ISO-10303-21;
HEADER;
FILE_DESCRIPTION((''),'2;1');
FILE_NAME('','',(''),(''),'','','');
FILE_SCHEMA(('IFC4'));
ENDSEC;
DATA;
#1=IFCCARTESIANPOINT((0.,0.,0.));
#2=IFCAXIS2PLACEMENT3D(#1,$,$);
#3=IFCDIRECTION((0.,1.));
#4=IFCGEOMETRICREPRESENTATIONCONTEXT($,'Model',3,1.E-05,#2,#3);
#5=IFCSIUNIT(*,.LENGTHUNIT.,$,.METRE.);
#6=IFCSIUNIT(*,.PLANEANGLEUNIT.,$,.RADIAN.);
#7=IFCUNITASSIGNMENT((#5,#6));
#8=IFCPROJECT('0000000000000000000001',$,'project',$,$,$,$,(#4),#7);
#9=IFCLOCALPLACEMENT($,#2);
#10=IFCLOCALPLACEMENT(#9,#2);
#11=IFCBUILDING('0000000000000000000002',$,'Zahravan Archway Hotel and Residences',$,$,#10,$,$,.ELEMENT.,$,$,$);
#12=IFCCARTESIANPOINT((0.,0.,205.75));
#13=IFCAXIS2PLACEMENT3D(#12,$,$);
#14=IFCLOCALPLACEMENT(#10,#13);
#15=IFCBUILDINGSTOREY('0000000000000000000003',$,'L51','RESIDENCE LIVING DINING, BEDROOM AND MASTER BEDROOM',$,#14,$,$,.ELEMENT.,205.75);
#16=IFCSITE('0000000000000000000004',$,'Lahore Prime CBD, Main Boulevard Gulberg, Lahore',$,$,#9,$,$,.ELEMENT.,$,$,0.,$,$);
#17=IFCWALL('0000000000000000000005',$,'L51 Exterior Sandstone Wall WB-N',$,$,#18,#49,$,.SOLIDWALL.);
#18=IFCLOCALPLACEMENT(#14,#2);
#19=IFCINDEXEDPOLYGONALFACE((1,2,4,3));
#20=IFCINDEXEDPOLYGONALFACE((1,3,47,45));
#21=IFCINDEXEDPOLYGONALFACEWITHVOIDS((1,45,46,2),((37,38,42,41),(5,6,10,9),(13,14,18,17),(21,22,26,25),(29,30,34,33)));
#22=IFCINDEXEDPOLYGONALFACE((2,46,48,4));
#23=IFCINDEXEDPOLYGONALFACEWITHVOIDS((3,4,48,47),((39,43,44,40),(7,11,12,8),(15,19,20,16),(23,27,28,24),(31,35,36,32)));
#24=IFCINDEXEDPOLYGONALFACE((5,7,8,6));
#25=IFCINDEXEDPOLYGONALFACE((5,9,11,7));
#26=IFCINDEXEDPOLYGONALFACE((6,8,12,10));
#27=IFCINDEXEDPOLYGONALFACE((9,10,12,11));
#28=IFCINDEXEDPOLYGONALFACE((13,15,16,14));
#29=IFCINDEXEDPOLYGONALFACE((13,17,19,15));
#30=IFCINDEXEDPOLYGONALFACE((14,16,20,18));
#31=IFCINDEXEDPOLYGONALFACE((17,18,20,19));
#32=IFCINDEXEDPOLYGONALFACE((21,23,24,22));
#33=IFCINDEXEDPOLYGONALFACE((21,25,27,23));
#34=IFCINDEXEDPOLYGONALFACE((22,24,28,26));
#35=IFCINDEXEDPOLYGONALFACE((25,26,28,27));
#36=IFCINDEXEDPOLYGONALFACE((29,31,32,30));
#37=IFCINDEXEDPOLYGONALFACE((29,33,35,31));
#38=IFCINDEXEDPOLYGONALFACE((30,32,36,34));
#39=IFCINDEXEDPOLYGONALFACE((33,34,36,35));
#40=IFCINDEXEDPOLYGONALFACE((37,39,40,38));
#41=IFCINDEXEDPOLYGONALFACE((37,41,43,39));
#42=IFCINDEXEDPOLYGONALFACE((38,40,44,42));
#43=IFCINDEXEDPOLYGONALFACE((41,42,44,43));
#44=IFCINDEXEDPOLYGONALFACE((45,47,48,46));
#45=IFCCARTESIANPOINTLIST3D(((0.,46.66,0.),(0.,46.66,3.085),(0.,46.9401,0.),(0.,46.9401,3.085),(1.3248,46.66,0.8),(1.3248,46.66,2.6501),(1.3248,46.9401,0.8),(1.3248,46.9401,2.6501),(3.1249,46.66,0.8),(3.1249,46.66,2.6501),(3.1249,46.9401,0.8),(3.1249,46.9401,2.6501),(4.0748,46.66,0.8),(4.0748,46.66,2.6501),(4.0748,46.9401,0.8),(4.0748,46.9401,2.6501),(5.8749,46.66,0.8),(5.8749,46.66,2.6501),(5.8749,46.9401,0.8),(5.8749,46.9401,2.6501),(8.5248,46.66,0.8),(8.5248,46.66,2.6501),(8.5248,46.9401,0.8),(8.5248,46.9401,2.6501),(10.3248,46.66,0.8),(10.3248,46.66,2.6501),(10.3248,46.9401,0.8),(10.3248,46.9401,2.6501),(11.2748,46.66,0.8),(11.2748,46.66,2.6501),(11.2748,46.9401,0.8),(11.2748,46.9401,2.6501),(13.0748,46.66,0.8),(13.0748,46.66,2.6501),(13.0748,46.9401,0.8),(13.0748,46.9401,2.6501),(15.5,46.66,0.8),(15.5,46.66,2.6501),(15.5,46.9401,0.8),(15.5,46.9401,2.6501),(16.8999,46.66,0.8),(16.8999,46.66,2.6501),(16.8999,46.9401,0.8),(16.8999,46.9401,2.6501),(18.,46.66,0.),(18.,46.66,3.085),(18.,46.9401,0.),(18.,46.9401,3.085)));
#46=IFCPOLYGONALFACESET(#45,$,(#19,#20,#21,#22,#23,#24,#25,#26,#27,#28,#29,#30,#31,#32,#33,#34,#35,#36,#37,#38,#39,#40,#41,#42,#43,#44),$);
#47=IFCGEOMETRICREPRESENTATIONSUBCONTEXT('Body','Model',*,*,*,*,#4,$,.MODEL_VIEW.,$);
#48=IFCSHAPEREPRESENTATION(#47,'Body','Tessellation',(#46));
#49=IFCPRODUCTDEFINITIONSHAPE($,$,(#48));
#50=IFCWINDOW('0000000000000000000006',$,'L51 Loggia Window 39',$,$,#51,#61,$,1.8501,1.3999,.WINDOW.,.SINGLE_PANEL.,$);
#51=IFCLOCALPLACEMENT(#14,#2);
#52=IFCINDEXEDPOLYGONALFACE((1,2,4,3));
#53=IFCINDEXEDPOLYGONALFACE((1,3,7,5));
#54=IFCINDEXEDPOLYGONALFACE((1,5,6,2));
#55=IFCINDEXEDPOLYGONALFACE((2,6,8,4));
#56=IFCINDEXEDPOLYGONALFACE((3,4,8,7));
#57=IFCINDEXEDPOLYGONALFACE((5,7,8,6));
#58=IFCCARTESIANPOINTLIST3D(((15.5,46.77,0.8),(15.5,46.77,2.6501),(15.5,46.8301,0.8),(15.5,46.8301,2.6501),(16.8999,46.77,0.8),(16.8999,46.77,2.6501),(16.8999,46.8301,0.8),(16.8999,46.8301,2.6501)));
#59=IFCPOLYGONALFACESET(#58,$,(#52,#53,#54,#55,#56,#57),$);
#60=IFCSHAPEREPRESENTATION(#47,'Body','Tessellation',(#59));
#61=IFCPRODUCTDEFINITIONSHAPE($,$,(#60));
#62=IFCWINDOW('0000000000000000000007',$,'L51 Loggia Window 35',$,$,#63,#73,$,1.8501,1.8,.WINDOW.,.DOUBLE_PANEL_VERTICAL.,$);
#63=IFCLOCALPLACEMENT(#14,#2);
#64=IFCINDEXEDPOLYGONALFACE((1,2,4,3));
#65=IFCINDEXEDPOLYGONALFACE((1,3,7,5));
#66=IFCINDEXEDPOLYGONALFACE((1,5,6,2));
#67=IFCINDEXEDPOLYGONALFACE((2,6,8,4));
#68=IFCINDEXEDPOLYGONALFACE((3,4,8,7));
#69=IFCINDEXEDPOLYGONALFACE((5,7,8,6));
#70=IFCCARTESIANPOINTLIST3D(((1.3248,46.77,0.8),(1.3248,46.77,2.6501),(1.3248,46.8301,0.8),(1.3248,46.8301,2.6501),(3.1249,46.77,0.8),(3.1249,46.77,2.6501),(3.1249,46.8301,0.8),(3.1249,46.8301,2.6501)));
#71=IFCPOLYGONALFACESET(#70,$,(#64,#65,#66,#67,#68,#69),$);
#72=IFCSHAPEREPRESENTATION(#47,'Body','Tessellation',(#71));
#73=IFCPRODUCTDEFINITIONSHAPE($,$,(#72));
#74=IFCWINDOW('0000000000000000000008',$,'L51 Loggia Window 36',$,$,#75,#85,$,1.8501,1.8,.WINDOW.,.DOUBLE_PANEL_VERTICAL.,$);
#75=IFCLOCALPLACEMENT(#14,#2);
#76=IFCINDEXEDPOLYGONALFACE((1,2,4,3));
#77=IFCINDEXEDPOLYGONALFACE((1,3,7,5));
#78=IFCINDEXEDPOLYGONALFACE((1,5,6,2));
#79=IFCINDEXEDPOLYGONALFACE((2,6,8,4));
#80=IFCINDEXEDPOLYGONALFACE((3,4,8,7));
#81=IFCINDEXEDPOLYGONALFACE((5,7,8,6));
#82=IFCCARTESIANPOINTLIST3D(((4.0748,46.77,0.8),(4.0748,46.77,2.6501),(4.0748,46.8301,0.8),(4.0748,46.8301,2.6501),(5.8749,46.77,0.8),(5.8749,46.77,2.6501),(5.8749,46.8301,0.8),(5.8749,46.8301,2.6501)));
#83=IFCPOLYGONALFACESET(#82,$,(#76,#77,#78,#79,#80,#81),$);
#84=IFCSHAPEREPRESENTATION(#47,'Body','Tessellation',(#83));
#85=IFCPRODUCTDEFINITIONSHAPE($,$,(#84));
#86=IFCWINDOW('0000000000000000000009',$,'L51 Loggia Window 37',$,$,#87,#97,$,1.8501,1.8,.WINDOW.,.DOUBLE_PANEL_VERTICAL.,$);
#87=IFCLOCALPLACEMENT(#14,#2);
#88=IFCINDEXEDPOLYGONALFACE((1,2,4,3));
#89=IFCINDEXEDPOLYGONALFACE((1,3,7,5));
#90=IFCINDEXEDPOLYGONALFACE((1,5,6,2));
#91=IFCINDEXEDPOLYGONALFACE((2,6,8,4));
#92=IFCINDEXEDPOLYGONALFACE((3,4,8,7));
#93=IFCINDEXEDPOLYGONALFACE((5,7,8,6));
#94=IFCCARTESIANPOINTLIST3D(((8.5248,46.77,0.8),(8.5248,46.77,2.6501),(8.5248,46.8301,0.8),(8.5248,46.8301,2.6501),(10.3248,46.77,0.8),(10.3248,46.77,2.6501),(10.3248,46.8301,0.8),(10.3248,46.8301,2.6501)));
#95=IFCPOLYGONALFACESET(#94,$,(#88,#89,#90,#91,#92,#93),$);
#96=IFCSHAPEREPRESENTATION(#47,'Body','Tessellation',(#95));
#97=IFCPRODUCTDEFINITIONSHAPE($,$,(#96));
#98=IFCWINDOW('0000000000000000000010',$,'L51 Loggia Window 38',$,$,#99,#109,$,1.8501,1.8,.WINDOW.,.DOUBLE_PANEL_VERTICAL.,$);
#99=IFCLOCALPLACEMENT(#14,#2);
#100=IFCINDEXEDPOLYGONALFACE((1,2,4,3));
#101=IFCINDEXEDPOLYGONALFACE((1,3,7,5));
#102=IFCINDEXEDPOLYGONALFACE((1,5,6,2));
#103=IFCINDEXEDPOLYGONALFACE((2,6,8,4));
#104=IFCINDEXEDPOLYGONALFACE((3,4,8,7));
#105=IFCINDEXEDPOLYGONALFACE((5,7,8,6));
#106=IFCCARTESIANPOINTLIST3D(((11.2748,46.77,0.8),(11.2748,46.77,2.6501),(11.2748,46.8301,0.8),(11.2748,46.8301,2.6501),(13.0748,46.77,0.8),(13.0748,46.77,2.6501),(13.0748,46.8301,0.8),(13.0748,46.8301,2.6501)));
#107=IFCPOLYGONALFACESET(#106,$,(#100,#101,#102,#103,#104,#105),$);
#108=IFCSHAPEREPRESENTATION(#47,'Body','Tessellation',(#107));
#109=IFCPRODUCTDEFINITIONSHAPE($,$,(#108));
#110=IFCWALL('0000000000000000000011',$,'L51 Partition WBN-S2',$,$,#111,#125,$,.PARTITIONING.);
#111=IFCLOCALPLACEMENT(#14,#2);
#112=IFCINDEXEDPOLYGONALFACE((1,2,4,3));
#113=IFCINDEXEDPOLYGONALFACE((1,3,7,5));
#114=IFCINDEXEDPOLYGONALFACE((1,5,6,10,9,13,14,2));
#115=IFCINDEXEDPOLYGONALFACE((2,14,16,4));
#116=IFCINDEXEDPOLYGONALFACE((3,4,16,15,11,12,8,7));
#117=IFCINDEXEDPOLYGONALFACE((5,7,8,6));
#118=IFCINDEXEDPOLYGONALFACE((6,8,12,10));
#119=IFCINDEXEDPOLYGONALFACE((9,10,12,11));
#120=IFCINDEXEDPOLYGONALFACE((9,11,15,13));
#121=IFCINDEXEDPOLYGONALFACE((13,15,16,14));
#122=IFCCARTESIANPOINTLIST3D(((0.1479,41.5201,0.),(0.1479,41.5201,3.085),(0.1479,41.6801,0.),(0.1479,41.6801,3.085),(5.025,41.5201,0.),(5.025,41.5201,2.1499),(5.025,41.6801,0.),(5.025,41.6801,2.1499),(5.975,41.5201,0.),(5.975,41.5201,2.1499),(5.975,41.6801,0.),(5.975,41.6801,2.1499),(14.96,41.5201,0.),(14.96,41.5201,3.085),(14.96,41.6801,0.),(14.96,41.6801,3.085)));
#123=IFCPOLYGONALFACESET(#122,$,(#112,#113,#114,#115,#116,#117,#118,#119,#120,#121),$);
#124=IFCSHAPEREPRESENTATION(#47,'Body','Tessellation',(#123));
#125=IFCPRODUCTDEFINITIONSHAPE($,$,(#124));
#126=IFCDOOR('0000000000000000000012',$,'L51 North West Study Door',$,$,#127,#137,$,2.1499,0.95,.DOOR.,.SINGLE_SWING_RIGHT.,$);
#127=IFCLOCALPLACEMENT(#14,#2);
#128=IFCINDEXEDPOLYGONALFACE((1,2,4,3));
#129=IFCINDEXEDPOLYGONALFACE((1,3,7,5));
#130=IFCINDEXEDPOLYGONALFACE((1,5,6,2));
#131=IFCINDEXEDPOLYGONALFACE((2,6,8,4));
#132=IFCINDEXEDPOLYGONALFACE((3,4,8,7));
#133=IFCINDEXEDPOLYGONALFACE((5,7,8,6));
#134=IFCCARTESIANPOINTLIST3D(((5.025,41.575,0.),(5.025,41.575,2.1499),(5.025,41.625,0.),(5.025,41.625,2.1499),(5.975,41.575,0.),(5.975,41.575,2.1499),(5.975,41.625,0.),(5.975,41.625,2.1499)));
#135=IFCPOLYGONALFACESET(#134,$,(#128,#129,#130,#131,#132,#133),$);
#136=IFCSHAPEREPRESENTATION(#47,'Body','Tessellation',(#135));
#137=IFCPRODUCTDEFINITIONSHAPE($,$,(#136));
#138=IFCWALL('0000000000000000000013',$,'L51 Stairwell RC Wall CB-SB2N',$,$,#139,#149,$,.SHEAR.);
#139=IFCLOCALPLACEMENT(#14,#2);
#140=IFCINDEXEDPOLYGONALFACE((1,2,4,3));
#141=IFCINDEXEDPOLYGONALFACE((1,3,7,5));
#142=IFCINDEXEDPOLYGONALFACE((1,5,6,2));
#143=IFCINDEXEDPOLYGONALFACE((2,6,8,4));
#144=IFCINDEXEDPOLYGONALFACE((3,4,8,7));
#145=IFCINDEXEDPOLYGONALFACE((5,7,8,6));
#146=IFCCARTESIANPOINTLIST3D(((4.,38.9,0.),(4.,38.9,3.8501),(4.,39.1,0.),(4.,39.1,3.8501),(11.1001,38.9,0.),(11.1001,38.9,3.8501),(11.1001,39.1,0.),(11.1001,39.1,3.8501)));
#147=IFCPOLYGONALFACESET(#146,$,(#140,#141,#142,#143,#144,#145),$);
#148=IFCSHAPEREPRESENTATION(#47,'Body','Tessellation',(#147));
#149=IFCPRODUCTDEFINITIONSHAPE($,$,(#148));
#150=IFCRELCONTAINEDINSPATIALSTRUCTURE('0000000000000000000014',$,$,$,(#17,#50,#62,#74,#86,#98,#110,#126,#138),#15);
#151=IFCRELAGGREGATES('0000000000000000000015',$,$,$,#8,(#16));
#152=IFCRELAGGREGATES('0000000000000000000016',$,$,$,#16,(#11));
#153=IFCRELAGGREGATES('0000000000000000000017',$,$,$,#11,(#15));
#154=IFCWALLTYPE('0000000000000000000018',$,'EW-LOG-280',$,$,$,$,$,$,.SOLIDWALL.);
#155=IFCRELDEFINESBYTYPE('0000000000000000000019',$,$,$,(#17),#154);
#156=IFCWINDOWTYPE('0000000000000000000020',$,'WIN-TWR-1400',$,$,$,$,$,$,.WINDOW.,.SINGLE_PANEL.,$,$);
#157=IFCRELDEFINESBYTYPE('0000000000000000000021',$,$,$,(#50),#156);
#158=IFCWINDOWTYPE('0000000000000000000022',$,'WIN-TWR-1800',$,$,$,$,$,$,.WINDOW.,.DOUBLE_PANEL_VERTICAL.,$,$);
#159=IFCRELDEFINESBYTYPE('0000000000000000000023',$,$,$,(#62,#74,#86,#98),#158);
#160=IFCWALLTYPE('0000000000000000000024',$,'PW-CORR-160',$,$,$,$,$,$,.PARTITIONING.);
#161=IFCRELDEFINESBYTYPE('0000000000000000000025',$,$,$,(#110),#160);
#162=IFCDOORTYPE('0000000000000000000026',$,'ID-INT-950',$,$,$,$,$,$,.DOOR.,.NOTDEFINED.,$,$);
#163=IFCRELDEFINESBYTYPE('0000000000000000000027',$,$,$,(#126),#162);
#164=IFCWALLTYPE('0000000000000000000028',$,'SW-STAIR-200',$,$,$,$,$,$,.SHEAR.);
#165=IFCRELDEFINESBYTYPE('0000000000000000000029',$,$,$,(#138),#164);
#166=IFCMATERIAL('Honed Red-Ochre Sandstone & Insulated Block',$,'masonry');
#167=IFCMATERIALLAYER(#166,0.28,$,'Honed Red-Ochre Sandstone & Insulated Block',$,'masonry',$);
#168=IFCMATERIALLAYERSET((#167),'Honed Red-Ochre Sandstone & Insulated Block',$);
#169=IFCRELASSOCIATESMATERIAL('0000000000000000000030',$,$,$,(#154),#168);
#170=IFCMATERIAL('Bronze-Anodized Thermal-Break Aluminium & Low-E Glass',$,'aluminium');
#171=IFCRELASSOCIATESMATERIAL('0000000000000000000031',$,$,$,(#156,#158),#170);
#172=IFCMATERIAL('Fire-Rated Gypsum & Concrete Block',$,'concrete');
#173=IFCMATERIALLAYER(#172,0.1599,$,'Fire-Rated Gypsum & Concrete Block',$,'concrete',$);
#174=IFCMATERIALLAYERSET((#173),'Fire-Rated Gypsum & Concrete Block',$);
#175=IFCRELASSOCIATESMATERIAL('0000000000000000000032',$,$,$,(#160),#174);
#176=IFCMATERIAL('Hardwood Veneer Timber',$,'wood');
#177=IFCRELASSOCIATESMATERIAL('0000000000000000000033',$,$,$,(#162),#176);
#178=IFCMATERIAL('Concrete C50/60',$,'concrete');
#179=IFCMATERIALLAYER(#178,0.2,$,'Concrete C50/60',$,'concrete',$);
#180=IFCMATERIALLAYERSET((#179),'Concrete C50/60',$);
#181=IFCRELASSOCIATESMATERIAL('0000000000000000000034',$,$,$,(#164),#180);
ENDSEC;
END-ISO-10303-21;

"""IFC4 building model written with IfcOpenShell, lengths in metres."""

from ifc_helpers import new_model, si_unit, direction, frame, frame_2d, origin, place, context, subcontext, project, spatial, rectangle, extrude, source, transform, mapped, material, layer, layer_set, type_object, type_shapes, element, fill, save


model = new_model("IFC4")

# Units and contexts
model_context = context("Model", 3, precision=1e-05, world=origin(), true_north=direction((0.0, 1.0)))
body_context = subcontext(model_context, "Body", "Model", "MODEL_VIEW")
ifc_project = project(units=[si_unit("LENGTHUNIT", "METRE"), si_unit("PLANEANGLEUNIT", "RADIAN")], contexts=[model_context])

# Site, building, storey
site_placement = place(None, origin())
site = spatial("IfcSite", under=ifc_project, at=site_placement, Name="Lahore Prime CBD, Main Boulevard Gulberg, Lahore", CompositionType="ELEMENT", RefElevation=0.0)
building_placement = place(site_placement, origin())
building = spatial("IfcBuilding", under=site, at=building_placement, Name="Zahravan Archway Hotel and Residences", CompositionType="ELEMENT")
storey_placement = place(building_placement, frame((0.0, 0.0, 205.75)))
storey = spatial("IfcBuildingStorey", under=building, at=storey_placement, Name="L51", Description="RESIDENCE LIVING DINING, BEDROOM AND MASTER BEDROOM", CompositionType="ELEMENT", Elevation=205.75)

# Wall, openings, windows
ifc_material_1 = material(Name="Honed Red-Ochre Sandstone & Insulated Block", Category="masonry")
ifc_layer_1 = layer(ifc_material_1, 0.28, Name="Honed Red-Ochre Sandstone & Insulated Block", Category="masonry")
ifc_layer_set_1 = layer_set([ifc_layer_1], Name="Honed Red-Ochre Sandstone & Insulated Block")
wall_type_1 = type_object("IfcWallType", Name="EW-LOG-280", PredefinedType="SOLIDWALL", material=ifc_layer_set_1)
wall_1_placement = place(storey_placement, frame((0.0, 46.8, 0.0), z_axis=(0.0, 0.0, 1.0), x_axis=(1.0, 0.0, 0.0)))
wall_1 = element("IfcWall", 1, at=wall_1_placement, inside=storey, type_object=wall_type_1, Name="L51 Exterior Sandstone Wall WB-N", PredefinedType="SOLIDWALL", context=body_context, shape_type="SweptSolid", body=[
    extrude(rectangle(XDim=18.0, YDim=0.28, at=frame_2d((9.0, 0.0))), origin(), (0.0, 0.0, 1.0), 3.085),
])
opening_1_placement = place(wall_1_placement, frame((1.325, 0.0, 0.8)))
opening_1 = element("IfcOpeningElement", 2, at=opening_1_placement, cuts=wall_1, PredefinedType="OPENING", context=body_context, shape_type="SweptSolid", body=[
    extrude(rectangle(XDim=1.8, YDim=1.8501, at=frame_2d((0.8999, 0.925))), frame((0.0, 0.1499, 0.0), z_axis=(0.0, -1.0, 0.0), x_axis=(1.0, 0.0, 0.0)), (0.0, 0.0, 1.0), 0.3),
])
opening_2_placement = place(wall_1_placement, frame((4.075, 0.0, 0.8)))
opening_2 = element("IfcOpeningElement", 3, at=opening_2_placement, cuts=wall_1, PredefinedType="OPENING", context=body_context, shape_type="SweptSolid", body=[
    extrude(rectangle(XDim=1.8, YDim=1.8501, at=frame_2d((0.8999, 0.925))), frame((0.0, 0.1499, 0.0), z_axis=(0.0, -1.0, 0.0), x_axis=(1.0, 0.0, 0.0)), (0.0, 0.0, 1.0), 0.3),
])
opening_3_placement = place(wall_1_placement, frame((8.5249, 0.0, 0.8)))
opening_3 = element("IfcOpeningElement", 4, at=opening_3_placement, cuts=wall_1, PredefinedType="OPENING", context=body_context, shape_type="SweptSolid", body=[
    extrude(rectangle(XDim=1.8, YDim=1.8501, at=frame_2d((0.8999, 0.925))), frame((0.0, 0.1499, 0.0), z_axis=(0.0, -1.0, 0.0), x_axis=(1.0, 0.0, 0.0)), (0.0, 0.0, 1.0), 0.3),
])
opening_4_placement = place(wall_1_placement, frame((11.2749, 0.0, 0.8)))
opening_4 = element("IfcOpeningElement", 5, at=opening_4_placement, cuts=wall_1, PredefinedType="OPENING", context=body_context, shape_type="SweptSolid", body=[
    extrude(rectangle(XDim=1.8, YDim=1.8501, at=frame_2d((0.8999, 0.925))), frame((0.0, 0.1499, 0.0), z_axis=(0.0, -1.0, 0.0), x_axis=(1.0, 0.0, 0.0)), (0.0, 0.0, 1.0), 0.3),
])
opening_5_placement = place(wall_1_placement, frame((15.5, 0.0, 0.8)))
opening_5 = element("IfcOpeningElement", 6, at=opening_5_placement, cuts=wall_1, PredefinedType="OPENING", context=body_context, shape_type="SweptSolid", body=[
    extrude(rectangle(XDim=1.3999, YDim=1.8501, at=frame_2d((0.7, 0.925))), frame((0.0, 0.1499, 0.0), z_axis=(0.0, -1.0, 0.0), x_axis=(1.0, 0.0, 0.0)), (0.0, 0.0, 1.0), 0.3),
])
ifc_material_2 = material(Name="Bronze-Anodized Thermal-Break Aluminium & Low-E Glass", Category="aluminium")
window_type_1 = type_object("IfcWindowType", Name="WIN-TWR-1400", PartitioningType="SINGLE_PANEL", PredefinedType="WINDOW", material=ifc_material_2)
shared_shape_1 = source(origin(), body_context, "Body", "SweptSolid", [
    extrude(rectangle(XDim=1.3999, YDim=1.8501, at=frame_2d((0.7, 0.925))), frame((0.0, 0.03, 0.0), z_axis=(0.0, -1.0, 0.0), x_axis=(1.0, 0.0, 0.0)), (0.0, 0.0, 1.0), 0.0601),
])
type_shapes(window_type_1, [shared_shape_1])
window_1_placement = place(opening_5_placement, origin())
window_1 = element("IfcWindow", 7, at=window_1_placement, inside=storey, type_object=window_type_1, Name="L51 Loggia Window 39", OverallHeight=1.8501, OverallWidth=1.3999, PartitioningType="SINGLE_PANEL", PredefinedType="WINDOW", context=body_context, shape_type="MappedRepresentation", body=[
    mapped(shared_shape_1, transform((0.0, 0.0, 0.0), scale=1.0)),
])
fill(opening_5, window_1)
window_type_2 = type_object("IfcWindowType", Name="WIN-TWR-1800", PartitioningType="DOUBLE_PANEL_VERTICAL", PredefinedType="WINDOW", material=ifc_material_2)
shared_shape_2 = source(origin(), body_context, "Body", "SweptSolid", [
    extrude(rectangle(XDim=1.8, YDim=1.8501, at=frame_2d((0.8999, 0.925))), frame((0.0, 0.03, 0.0), z_axis=(0.0, -1.0, 0.0), x_axis=(1.0, 0.0, 0.0)), (0.0, 0.0, 1.0), 0.0601),
])
type_shapes(window_type_2, [shared_shape_2])
window_2_placement = place(opening_1_placement, origin())
window_2 = element("IfcWindow", 8, at=window_2_placement, inside=storey, type_object=window_type_2, Name="L51 Loggia Window 35", OverallHeight=1.8501, OverallWidth=1.8, PartitioningType="DOUBLE_PANEL_VERTICAL", PredefinedType="WINDOW", context=body_context, shape_type="MappedRepresentation", body=[
    mapped(shared_shape_2, transform((0.0, 0.0, 0.0), scale=1.0)),
])
fill(opening_1, window_2)
window_3_placement = place(opening_2_placement, origin())
window_3 = element("IfcWindow", 9, at=window_3_placement, inside=storey, type_object=window_type_2, Name="L51 Loggia Window 36", OverallHeight=1.8501, OverallWidth=1.8, PartitioningType="DOUBLE_PANEL_VERTICAL", PredefinedType="WINDOW", context=body_context, shape_type="MappedRepresentation", body=[
    mapped(shared_shape_2, transform((0.0, 0.0, 0.0), scale=1.0)),
])
fill(opening_2, window_3)
window_4_placement = place(opening_3_placement, origin())
window_4 = element("IfcWindow", 10, at=window_4_placement, inside=storey, type_object=window_type_2, Name="L51 Loggia Window 37", OverallHeight=1.8501, OverallWidth=1.8, PartitioningType="DOUBLE_PANEL_VERTICAL", PredefinedType="WINDOW", context=body_context, shape_type="MappedRepresentation", body=[
    mapped(shared_shape_2, transform((0.0, 0.0, 0.0), scale=1.0)),
])
fill(opening_3, window_4)
window_5_placement = place(opening_4_placement, origin())
window_5 = element("IfcWindow", 11, at=window_5_placement, inside=storey, type_object=window_type_2, Name="L51 Loggia Window 38", OverallHeight=1.8501, OverallWidth=1.8, PartitioningType="DOUBLE_PANEL_VERTICAL", PredefinedType="WINDOW", context=body_context, shape_type="MappedRepresentation", body=[
    mapped(shared_shape_2, transform((0.0, 0.0, 0.0), scale=1.0)),
])
fill(opening_4, window_5)

# Wall, opening, door
ifc_material_3 = material(Name="Fire-Rated Gypsum & Concrete Block", Category="concrete")
ifc_layer_2 = layer(ifc_material_3, 0.1599, Name="Fire-Rated Gypsum & Concrete Block", Category="concrete")
ifc_layer_set_2 = layer_set([ifc_layer_2], Name="Fire-Rated Gypsum & Concrete Block")
wall_type_2 = type_object("IfcWallType", Name="PW-CORR-160", PredefinedType="PARTITIONING", material=ifc_layer_set_2)
wall_2_placement = place(storey_placement, frame((0.1479, 41.6001, 0.0), z_axis=(0.0, 0.0, 1.0), x_axis=(1.0, 0.0, 0.0)))
wall_2 = element("IfcWall", 12, at=wall_2_placement, inside=storey, type_object=wall_type_2, Name="L51 Partition WBN-S2", PredefinedType="PARTITIONING", context=body_context, shape_type="SweptSolid", body=[
    extrude(rectangle(XDim=14.812, YDim=0.1599, at=frame_2d((7.406, 0.0))), origin(), (0.0, 0.0, 1.0), 3.085),
])
opening_6_placement = place(wall_2_placement, frame((4.877, 0.0, 0.0)))
opening_6 = element("IfcOpeningElement", 13, at=opening_6_placement, cuts=wall_2, PredefinedType="OPENING", context=body_context, shape_type="SweptSolid", body=[
    extrude(rectangle(XDim=0.95, YDim=2.1499, at=frame_2d((0.4751, 1.075))), frame((0.0, 0.0898, 0.0), z_axis=(0.0, -1.0, 0.0), x_axis=(1.0, 0.0, 0.0)), (0.0, 0.0, 1.0), 0.1799),
])
ifc_material_4 = material(Name="Hardwood Veneer Timber", Category="wood")
door_type_1 = type_object("IfcDoorType", Name="ID-INT-950", OperationType="NOTDEFINED", PredefinedType="DOOR", material=ifc_material_4)
shared_shape_3 = source(origin(), body_context, "Body", "SweptSolid", [
    extrude(rectangle(XDim=0.95, YDim=2.1499, at=frame_2d((0.4751, 1.075))), frame((0.0, 0.0249, 0.0), z_axis=(0.0, -1.0, 0.0), x_axis=(1.0, 0.0, 0.0)), (0.0, 0.0, 1.0), 0.05),
])
type_shapes(door_type_1, [shared_shape_3])
door_1_placement = place(opening_6_placement, origin())
door_1 = element("IfcDoor", 14, at=door_1_placement, inside=storey, type_object=door_type_1, Name="L51 North West Study Door", OperationType="SINGLE_SWING_RIGHT", OverallHeight=2.1499, OverallWidth=0.95, PredefinedType="DOOR", context=body_context, shape_type="MappedRepresentation", body=[
    mapped(shared_shape_3, transform((0.0, 0.0, 0.0), scale=1.0)),
])
fill(opening_6, door_1)

# Wall
ifc_material_5 = material(Name="Concrete C50/60", Category="concrete")
ifc_layer_3 = layer(ifc_material_5, 0.2, Name="Concrete C50/60", Category="concrete")
ifc_layer_set_3 = layer_set([ifc_layer_3], Name="Concrete C50/60")
wall_type_3 = type_object("IfcWallType", Name="SW-STAIR-200", PredefinedType="SHEAR", material=ifc_layer_set_3)
wall_3_placement = place(storey_placement, frame((4.0, 39.0, 0.0), z_axis=(0.0, 0.0, 1.0), x_axis=(1.0, 0.0, 0.0)))
element("IfcWall", 15, at=wall_3_placement, inside=storey, type_object=wall_type_3, Name="L51 Stairwell RC Wall CB-SB2N", PredefinedType="SHEAR", context=body_context, shape_type="SweptSolid", body=[
    extrude(rectangle(XDim=7.1001, YDim=0.2, at=frame_2d((3.55, 0.0))), origin(), (0.0, 0.0, 1.0), 3.8501),
])

save(model, "model.ifc")
